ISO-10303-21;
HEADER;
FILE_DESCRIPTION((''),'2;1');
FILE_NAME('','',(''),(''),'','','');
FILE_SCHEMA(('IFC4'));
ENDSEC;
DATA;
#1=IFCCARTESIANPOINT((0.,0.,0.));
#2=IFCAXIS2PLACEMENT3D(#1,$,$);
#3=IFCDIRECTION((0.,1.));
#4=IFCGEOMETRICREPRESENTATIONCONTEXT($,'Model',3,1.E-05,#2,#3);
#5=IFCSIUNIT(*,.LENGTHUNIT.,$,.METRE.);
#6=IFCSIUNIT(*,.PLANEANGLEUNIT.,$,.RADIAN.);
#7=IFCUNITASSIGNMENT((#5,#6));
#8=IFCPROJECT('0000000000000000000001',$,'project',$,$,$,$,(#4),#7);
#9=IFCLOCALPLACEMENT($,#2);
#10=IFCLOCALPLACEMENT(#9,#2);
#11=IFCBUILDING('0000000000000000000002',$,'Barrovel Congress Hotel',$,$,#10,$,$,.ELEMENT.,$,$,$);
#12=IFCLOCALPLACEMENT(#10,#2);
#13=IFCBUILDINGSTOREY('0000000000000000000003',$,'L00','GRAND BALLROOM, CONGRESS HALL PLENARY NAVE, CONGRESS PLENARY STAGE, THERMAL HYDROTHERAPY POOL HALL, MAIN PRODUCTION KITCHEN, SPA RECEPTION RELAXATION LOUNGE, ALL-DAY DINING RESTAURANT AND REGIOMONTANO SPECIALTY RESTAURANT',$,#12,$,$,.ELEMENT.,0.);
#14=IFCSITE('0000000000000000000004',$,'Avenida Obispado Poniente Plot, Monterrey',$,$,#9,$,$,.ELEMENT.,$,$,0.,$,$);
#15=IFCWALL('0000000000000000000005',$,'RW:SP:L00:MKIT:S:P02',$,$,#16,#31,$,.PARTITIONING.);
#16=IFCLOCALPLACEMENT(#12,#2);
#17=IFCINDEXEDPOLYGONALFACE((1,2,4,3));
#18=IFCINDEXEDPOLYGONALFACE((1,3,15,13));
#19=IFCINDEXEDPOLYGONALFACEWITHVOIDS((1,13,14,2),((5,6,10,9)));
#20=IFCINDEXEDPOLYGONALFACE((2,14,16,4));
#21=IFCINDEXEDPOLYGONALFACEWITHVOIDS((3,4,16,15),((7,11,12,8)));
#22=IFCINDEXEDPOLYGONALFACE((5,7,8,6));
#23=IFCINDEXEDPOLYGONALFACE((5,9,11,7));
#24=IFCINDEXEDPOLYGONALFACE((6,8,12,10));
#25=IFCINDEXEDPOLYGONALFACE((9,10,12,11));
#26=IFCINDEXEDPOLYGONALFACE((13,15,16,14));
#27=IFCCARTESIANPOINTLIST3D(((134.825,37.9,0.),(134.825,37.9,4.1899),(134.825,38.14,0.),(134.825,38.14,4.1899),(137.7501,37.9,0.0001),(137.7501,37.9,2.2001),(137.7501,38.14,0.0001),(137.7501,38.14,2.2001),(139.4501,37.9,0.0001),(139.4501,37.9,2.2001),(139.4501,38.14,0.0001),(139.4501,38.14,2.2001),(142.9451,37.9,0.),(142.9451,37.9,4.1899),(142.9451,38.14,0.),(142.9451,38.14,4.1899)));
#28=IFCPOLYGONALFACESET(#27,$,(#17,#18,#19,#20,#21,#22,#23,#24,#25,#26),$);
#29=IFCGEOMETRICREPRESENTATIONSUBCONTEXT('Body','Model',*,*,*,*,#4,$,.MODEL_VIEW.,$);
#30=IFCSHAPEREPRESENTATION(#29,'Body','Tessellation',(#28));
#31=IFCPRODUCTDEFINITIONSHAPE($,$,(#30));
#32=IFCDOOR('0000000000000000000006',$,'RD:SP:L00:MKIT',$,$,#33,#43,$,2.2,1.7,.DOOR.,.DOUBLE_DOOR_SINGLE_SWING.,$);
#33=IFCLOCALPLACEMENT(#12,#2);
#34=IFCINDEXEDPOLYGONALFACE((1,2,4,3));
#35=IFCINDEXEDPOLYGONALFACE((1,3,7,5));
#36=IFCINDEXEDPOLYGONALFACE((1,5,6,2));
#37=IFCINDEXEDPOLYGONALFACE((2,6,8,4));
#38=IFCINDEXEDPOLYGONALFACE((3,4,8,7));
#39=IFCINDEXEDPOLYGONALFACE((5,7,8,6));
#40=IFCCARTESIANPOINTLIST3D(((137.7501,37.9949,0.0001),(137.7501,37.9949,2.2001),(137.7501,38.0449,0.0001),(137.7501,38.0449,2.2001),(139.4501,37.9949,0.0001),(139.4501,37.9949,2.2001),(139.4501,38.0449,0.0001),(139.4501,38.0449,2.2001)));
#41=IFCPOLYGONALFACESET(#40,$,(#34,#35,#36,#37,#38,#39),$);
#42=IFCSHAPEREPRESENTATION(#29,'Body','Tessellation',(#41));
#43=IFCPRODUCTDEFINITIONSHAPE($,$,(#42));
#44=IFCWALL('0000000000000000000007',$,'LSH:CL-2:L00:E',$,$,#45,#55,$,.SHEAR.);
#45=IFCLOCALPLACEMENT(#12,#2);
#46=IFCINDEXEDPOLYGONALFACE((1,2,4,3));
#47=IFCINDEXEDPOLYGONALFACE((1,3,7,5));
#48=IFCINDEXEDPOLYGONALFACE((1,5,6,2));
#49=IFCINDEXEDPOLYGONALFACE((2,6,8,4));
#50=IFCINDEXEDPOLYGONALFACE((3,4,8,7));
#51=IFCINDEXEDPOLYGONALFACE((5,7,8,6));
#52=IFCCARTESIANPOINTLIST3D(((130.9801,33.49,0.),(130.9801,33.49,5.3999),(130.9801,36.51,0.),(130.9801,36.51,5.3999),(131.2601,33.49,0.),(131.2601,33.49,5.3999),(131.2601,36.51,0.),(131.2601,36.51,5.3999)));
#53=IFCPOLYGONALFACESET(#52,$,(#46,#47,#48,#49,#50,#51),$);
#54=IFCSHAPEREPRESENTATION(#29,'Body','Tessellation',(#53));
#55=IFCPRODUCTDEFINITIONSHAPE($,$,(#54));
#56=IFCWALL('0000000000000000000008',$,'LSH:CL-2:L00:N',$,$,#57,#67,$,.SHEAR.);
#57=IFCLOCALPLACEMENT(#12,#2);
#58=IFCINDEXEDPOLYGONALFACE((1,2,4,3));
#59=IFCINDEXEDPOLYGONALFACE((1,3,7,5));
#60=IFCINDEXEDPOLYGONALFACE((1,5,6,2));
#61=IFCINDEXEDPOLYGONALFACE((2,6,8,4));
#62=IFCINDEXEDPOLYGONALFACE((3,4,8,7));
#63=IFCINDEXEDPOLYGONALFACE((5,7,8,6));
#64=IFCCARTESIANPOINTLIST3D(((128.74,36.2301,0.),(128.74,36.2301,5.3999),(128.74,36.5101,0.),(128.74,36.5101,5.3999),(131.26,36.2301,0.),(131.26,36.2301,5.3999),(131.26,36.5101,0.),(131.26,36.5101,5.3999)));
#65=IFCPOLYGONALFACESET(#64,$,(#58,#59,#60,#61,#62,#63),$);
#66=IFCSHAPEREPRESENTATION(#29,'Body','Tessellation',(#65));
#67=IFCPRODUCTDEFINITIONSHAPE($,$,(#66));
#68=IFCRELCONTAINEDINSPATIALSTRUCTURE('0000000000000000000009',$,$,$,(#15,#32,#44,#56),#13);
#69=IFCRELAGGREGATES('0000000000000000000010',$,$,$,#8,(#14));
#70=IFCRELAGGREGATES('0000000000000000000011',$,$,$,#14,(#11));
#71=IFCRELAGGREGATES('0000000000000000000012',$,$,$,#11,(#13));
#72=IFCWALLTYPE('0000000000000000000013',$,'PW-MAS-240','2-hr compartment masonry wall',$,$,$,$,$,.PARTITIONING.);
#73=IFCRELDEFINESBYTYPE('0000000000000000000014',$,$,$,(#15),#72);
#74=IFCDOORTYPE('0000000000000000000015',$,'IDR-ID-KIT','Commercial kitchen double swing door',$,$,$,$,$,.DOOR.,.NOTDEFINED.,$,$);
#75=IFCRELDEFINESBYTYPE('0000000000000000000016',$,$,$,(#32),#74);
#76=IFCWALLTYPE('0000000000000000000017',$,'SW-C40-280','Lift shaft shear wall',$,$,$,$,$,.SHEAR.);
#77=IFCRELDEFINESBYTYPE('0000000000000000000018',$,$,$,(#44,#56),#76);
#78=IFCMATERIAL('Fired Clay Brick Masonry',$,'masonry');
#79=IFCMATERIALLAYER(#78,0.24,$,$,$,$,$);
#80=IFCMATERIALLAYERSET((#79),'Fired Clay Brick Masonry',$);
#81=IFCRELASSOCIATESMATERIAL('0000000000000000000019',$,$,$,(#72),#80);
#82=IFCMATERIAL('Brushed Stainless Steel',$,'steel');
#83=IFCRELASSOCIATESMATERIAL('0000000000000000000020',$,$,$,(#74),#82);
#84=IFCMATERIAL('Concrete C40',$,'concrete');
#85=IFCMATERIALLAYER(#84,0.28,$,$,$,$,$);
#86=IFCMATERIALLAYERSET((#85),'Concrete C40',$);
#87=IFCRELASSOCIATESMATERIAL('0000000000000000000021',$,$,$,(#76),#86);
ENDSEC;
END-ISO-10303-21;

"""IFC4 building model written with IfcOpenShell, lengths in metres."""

from ifc_helpers import new_model, si_unit, direction, frame, frame_2d, origin, place, context, subcontext, project, spatial, rectangle, extrude, material, layer, layer_set, type_object, element, fill, save


model = new_model("IFC4")

# Units and contexts
model_context = context("Model", 3, precision=1e-05, world=origin(), true_north=direction((0.0, 1.0)))
body_context = subcontext(model_context, "Body", "Model", "MODEL_VIEW")
ifc_project = project(units=[si_unit("LENGTHUNIT", "METRE"), si_unit("PLANEANGLEUNIT", "RADIAN")], contexts=[model_context])

# Site, building, storey
site_placement = place(None, origin())
site = spatial("IfcSite", under=ifc_project, at=site_placement, Name="Avenida Obispado Poniente Plot, Monterrey", CompositionType="ELEMENT", RefElevation=0.0)
building_placement = place(site_placement, origin())
building = spatial("IfcBuilding", under=site, at=building_placement, Name="Barrovel Congress Hotel", CompositionType="ELEMENT")
storey_placement = place(building_placement, origin())
storey = spatial("IfcBuildingStorey", under=building, at=storey_placement, Name="L00", Description="GRAND BALLROOM, CONGRESS HALL PLENARY NAVE, CONGRESS PLENARY STAGE, THERMAL HYDROTHERAPY POOL HALL, MAIN PRODUCTION KITCHEN, SPA RECEPTION RELAXATION LOUNGE, ALL-DAY DINING RESTAURANT AND REGIOMONTANO SPECIALTY RESTAURANT", CompositionType="ELEMENT", Elevation=0.0)

# Shared definitions
ifc_material_1 = material(Name="Concrete C40", Category="concrete")

# Wall, opening, door
ifc_material_2 = material(Name="Fired Clay Brick Masonry", Category="masonry")
ifc_layer_1 = layer(ifc_material_2, 0.24)
ifc_layer_set_1 = layer_set([ifc_layer_1], Name="Fired Clay Brick Masonry")
wall_type_1 = type_object("IfcWallType", Name="PW-MAS-240", Description="2-hr compartment masonry wall", PredefinedType="PARTITIONING", material=ifc_layer_set_1)
wall_1_placement = place(storey_placement, frame((134.825, 38.02, 0.0), z_axis=(0.0, 0.0, 1.0), x_axis=(1.0, 0.0, 0.0)))
wall_1 = element("IfcWall", 1, at=wall_1_placement, inside=storey, type_object=wall_type_1, Name="RW:SP:L00:MKIT:S:P02", PredefinedType="PARTITIONING", context=body_context, shape_type="SweptSolid", body=[
    extrude(rectangle(XDim=8.1201, YDim=0.24, at=frame_2d((4.0601, 0.0))), origin(), (0.0, 0.0, 1.0), 4.1899),
])
opening_placement = place(wall_1_placement, frame((2.925, 0.0, 0.0)))
opening = element("IfcOpeningElement", 2, at=opening_placement, cuts=wall_1, PredefinedType="OPENING", context=body_context, shape_type="SweptSolid", body=[
    extrude(rectangle(XDim=1.7, YDim=2.2, at=frame_2d((0.8501, 1.1001))), frame((0.0, 0.1299, 0.0), z_axis=(0.0, -1.0, 0.0), x_axis=(1.0, 0.0, 0.0)), (0.0, 0.0, 1.0), 0.26),
])
ifc_material_3 = material(Name="Brushed Stainless Steel", Category="steel")
door_type = type_object("IfcDoorType", Name="IDR-ID-KIT", Description="Commercial kitchen double swing door", OperationType="NOTDEFINED", PredefinedType="DOOR", material=ifc_material_3)
door_placement = place(opening_placement, origin())
door = element("IfcDoor", 3, at=door_placement, inside=storey, type_object=door_type, Name="RD:SP:L00:MKIT", OperationType="DOUBLE_DOOR_SINGLE_SWING", OverallHeight=2.2, OverallWidth=1.7, PredefinedType="DOOR", context=body_context, shape_type="SweptSolid", body=[
    extrude(rectangle(XDim=1.7, YDim=2.2, at=frame_2d((0.8501, 1.1001))), frame((0.0, 0.0249, 0.0), z_axis=(0.0, -1.0, 0.0), x_axis=(1.0, 0.0, 0.0)), (0.0, 0.0, 1.0), 0.05),
])
fill(opening, door)

# Walls
ifc_layer_2 = layer(ifc_material_1, 0.28)
ifc_layer_set_2 = layer_set([ifc_layer_2], Name="Concrete C40")
wall_type_2 = type_object("IfcWallType", Name="SW-C40-280", Description="Lift shaft shear wall", PredefinedType="SHEAR", material=ifc_layer_set_2)
wall_2_placement = place(storey_placement, frame((131.1201, 33.49, 0.0), z_axis=(0.0, 0.0, 1.0), x_axis=(0.0, 1.0, 0.0)))
element("IfcWall", 4, at=wall_2_placement, inside=storey, type_object=wall_type_2, Name="LSH:CL-2:L00:E", PredefinedType="SHEAR", context=body_context, shape_type="SweptSolid", body=[
    extrude(rectangle(XDim=3.02, YDim=0.28, at=frame_2d((1.51, 0.0))), origin(), (0.0, 0.0, 1.0), 5.3999),
])
wall_3_placement = place(storey_placement, frame((131.26, 36.3701, 0.0), z_axis=(0.0, 0.0, 1.0), x_axis=(-1.0, 0.0, 0.0)))
element("IfcWall", 5, at=wall_3_placement, inside=storey, type_object=wall_type_2, Name="LSH:CL-2:L00:N", PredefinedType="SHEAR", context=body_context, shape_type="SweptSolid", body=[
    extrude(rectangle(XDim=2.52, YDim=0.28, at=frame_2d((1.26, 0.0))), origin(), (0.0, 0.0, 1.0), 5.3999),
])

save(model, "model.ifc")
